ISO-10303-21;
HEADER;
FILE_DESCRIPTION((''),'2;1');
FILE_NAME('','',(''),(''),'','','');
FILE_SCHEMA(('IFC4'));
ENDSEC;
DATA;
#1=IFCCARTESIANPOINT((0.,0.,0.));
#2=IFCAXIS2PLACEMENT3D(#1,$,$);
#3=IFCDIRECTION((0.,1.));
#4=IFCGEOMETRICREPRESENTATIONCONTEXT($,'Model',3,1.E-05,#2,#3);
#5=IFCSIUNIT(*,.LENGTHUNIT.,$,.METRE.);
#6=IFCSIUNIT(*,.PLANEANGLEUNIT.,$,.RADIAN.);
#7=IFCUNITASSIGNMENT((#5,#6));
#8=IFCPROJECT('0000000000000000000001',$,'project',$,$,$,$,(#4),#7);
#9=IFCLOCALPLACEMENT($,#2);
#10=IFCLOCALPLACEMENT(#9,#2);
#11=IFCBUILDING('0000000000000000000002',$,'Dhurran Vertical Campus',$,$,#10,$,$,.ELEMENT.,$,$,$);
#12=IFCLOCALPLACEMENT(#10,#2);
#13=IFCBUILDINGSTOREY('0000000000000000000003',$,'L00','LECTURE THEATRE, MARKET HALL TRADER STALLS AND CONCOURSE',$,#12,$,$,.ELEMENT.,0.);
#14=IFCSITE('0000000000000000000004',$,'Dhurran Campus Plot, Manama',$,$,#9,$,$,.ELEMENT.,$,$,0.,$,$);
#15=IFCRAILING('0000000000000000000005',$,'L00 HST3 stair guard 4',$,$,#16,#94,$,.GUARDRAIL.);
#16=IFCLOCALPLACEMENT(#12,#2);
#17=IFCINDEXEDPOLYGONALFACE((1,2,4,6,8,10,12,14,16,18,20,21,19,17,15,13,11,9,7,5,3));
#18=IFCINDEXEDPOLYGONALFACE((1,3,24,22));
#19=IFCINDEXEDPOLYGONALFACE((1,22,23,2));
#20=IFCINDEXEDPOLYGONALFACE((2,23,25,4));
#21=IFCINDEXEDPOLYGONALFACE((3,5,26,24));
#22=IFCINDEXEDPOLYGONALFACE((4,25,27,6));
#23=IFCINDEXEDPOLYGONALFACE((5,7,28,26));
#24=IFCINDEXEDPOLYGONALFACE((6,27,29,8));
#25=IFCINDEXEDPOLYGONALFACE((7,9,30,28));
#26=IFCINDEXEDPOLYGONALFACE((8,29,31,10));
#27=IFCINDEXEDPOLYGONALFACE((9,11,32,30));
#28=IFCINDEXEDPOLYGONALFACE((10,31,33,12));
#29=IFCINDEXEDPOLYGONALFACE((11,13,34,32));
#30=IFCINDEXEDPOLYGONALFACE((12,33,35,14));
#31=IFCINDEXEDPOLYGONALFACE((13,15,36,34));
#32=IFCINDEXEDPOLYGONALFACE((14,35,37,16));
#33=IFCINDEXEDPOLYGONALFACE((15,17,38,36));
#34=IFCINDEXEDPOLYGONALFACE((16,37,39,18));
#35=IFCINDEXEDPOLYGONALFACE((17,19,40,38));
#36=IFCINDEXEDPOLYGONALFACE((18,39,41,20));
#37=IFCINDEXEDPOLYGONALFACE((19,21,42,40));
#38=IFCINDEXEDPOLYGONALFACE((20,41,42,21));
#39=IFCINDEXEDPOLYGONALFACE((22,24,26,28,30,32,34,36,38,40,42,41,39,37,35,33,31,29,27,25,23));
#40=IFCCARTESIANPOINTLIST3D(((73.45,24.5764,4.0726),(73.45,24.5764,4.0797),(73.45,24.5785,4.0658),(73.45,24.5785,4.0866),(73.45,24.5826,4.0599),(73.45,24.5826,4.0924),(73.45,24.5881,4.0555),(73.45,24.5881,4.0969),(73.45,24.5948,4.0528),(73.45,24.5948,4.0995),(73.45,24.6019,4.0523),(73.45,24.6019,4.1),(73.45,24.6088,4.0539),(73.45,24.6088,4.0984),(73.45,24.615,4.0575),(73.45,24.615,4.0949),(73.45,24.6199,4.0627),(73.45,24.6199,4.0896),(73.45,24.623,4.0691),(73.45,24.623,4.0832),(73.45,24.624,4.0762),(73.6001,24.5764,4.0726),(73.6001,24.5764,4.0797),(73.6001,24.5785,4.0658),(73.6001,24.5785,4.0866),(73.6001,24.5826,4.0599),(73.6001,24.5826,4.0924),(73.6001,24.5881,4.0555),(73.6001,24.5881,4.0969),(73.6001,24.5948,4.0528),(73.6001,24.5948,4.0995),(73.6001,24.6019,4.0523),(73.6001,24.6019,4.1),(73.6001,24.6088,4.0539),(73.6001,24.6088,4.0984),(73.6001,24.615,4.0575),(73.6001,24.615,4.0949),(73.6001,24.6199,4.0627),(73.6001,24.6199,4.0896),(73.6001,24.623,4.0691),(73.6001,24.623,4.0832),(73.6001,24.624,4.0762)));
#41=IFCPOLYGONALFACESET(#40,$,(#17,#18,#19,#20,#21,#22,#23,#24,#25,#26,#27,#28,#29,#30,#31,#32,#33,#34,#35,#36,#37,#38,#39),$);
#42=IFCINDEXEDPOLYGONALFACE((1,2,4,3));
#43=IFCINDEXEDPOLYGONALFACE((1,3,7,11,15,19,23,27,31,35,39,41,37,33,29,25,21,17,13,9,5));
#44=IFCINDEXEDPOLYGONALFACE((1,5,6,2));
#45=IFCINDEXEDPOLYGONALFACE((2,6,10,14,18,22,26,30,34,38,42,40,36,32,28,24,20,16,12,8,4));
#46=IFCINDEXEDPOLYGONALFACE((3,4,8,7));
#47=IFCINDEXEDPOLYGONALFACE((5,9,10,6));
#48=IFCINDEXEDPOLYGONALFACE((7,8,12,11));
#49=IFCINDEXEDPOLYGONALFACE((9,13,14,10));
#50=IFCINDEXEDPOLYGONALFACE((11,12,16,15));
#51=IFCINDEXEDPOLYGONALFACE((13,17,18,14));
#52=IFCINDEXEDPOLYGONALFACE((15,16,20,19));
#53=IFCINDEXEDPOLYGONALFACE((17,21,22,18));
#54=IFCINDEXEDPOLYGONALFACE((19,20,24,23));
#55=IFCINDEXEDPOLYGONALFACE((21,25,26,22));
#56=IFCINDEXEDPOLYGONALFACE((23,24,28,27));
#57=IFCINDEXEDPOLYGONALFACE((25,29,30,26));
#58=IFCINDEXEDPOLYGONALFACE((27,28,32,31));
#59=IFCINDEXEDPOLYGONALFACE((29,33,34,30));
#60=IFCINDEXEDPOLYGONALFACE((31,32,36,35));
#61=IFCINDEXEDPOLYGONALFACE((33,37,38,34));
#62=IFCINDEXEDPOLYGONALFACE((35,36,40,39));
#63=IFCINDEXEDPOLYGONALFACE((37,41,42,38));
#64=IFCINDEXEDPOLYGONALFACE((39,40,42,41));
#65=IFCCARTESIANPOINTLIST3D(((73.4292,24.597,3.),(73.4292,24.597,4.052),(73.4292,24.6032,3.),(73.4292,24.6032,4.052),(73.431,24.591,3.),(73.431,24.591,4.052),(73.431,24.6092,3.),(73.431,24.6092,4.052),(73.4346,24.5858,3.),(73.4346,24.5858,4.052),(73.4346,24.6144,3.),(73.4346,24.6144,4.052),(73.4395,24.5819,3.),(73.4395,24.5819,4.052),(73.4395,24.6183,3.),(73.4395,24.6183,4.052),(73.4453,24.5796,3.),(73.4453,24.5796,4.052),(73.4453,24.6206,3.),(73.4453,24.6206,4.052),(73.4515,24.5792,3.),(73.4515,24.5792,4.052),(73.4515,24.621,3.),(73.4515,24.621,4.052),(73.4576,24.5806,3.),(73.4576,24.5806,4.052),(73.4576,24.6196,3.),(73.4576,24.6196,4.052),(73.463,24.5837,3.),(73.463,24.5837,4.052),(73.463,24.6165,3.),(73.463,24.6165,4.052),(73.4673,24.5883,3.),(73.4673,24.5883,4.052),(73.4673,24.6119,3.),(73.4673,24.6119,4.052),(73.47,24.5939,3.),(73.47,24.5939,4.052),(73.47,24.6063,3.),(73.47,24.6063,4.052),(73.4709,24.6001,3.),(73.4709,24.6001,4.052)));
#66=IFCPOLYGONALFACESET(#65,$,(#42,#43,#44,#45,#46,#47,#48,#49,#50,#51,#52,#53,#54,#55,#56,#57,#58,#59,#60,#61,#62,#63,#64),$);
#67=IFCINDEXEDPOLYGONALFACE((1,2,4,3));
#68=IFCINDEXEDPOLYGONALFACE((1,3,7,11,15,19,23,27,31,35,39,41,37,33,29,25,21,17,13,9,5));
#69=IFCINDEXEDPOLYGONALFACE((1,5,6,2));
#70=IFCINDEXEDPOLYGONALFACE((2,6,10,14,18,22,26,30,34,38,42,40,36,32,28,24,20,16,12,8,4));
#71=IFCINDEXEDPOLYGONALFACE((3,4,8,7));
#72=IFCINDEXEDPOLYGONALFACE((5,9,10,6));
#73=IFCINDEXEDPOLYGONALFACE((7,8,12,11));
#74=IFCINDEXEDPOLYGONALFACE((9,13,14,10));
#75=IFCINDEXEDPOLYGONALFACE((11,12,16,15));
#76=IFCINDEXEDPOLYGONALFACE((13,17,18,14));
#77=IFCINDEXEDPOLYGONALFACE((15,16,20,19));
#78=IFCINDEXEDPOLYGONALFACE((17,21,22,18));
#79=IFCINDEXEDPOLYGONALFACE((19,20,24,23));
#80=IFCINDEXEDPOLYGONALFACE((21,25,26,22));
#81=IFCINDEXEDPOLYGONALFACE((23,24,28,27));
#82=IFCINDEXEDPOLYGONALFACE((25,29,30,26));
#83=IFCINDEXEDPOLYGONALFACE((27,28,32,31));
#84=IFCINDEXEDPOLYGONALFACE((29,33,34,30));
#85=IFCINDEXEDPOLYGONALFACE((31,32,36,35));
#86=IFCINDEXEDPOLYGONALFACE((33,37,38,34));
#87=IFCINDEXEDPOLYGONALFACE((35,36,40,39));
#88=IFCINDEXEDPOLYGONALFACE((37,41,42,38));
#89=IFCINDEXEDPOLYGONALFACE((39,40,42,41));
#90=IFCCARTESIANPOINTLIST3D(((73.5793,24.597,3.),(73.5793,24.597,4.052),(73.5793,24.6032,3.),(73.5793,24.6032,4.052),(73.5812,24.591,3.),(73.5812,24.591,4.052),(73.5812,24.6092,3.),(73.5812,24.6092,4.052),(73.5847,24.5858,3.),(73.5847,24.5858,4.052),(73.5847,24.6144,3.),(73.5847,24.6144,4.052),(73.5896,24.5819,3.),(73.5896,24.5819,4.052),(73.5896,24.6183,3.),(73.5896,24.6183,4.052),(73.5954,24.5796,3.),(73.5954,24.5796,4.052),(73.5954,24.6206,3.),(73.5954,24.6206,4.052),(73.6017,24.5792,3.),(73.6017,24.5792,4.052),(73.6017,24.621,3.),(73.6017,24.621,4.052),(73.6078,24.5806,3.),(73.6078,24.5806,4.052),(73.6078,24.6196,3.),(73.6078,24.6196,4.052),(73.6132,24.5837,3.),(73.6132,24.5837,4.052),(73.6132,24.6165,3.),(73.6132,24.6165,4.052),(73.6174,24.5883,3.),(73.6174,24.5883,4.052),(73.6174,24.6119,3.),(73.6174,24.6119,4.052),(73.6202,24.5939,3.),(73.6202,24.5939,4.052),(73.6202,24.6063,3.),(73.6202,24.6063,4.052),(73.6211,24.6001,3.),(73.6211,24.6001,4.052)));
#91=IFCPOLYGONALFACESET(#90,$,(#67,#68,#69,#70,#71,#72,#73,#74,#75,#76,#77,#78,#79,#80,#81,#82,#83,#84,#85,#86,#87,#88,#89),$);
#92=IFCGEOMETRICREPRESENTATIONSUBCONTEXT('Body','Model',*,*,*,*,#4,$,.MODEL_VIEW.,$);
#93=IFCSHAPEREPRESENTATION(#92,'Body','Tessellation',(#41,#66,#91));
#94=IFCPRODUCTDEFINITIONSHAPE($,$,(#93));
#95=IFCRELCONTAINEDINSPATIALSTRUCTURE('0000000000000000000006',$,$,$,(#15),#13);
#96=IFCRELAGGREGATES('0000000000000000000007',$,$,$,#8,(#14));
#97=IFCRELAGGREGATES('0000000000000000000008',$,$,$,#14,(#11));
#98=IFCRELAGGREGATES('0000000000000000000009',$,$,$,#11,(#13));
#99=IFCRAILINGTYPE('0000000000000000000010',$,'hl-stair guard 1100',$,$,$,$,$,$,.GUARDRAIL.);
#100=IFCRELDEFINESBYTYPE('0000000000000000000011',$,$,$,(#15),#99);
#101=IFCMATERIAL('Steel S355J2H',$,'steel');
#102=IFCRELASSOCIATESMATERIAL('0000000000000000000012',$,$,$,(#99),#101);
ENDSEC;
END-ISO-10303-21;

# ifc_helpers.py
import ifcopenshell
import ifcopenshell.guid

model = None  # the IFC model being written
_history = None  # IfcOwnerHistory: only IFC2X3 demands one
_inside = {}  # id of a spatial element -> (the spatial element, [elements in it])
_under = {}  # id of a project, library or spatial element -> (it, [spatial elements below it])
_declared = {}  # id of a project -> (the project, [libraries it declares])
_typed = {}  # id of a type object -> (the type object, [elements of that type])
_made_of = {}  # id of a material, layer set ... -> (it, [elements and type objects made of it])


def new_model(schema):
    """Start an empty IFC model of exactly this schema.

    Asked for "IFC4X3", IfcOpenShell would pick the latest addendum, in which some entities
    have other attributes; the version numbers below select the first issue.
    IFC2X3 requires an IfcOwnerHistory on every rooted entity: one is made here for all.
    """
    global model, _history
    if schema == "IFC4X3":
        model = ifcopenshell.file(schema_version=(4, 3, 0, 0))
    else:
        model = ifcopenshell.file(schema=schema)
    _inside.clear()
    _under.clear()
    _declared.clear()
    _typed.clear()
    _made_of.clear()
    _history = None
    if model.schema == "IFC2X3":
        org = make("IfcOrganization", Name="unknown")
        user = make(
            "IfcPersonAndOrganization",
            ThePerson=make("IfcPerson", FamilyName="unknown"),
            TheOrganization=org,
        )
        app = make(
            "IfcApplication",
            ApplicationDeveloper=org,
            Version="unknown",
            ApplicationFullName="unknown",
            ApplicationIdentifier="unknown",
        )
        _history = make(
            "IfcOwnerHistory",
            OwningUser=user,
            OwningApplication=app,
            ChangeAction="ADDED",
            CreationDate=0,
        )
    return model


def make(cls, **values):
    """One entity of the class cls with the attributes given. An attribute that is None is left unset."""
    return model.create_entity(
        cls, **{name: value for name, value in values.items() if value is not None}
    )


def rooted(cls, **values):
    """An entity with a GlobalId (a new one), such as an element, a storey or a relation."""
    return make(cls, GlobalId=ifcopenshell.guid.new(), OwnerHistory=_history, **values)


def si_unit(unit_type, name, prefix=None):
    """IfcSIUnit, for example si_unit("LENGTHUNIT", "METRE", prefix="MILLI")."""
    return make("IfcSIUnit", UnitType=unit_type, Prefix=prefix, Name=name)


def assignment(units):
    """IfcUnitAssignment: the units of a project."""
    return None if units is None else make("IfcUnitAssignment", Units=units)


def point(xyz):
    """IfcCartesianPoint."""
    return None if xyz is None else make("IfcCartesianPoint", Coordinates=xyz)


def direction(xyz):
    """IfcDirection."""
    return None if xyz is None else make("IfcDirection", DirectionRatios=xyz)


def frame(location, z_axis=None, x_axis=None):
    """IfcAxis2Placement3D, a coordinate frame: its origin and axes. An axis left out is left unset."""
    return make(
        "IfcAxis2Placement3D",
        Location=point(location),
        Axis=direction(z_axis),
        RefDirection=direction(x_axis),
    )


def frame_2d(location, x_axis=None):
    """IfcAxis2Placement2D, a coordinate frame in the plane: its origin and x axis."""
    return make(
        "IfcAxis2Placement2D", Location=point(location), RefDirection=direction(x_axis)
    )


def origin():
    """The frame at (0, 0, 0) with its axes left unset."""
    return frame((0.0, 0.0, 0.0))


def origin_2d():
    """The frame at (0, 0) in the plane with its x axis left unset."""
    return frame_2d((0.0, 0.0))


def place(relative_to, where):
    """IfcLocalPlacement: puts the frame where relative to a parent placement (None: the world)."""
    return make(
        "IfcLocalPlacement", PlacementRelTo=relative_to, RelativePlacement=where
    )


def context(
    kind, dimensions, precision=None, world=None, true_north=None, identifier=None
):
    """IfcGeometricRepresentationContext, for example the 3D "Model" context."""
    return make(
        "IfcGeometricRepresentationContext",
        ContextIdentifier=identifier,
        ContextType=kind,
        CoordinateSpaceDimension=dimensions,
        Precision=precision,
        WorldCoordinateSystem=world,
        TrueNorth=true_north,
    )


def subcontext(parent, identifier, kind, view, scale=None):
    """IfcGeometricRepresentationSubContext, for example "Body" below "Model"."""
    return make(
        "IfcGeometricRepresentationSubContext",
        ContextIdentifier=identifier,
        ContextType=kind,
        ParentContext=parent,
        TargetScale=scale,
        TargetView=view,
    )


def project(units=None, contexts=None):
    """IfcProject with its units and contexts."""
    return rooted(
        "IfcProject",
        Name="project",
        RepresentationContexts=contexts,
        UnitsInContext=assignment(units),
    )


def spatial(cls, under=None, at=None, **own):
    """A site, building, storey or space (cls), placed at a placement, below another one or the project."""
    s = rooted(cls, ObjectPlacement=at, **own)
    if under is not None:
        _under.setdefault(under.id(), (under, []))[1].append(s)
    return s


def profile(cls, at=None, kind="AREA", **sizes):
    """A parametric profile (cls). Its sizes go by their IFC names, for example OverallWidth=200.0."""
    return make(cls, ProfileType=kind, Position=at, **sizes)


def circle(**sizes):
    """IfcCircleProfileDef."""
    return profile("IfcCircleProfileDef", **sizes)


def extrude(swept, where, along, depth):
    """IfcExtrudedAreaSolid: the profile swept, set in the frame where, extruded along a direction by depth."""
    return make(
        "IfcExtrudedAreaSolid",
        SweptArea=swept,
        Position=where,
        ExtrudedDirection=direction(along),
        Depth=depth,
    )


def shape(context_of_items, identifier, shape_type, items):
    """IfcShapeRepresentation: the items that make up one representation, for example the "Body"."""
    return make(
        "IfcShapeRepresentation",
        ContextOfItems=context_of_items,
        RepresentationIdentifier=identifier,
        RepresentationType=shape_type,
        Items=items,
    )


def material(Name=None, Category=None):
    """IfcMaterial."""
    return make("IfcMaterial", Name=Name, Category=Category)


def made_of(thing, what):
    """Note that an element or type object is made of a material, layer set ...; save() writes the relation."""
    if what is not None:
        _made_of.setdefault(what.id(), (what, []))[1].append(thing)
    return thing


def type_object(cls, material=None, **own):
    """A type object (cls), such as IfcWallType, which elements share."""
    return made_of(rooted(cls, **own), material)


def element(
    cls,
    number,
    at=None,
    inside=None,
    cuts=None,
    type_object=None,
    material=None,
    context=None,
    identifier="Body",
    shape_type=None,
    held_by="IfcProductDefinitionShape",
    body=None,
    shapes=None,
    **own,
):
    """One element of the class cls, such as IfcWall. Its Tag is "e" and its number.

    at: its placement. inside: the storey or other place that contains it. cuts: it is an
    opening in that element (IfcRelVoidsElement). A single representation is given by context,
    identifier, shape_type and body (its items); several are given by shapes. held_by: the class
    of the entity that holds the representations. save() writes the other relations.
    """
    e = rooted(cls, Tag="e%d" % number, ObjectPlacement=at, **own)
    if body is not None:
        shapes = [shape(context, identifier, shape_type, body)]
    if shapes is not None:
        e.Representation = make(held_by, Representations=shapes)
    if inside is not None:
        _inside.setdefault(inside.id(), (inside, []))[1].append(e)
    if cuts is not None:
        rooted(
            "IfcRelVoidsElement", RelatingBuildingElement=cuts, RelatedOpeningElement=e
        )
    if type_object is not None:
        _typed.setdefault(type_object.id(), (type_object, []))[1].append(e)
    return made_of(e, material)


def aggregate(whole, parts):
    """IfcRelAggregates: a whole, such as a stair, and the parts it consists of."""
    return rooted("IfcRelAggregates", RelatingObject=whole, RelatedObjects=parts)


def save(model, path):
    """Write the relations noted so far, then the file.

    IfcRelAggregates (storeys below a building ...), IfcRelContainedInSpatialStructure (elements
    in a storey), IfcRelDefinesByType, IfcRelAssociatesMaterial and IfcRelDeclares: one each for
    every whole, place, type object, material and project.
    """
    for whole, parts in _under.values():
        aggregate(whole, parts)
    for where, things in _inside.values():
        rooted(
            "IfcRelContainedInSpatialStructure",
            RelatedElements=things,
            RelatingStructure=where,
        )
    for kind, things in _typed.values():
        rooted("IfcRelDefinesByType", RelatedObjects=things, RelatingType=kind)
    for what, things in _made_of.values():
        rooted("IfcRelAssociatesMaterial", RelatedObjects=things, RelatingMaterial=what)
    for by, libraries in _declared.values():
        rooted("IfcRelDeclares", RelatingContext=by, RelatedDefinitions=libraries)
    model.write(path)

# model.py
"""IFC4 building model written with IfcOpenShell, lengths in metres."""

from ifc_helpers import new_model, si_unit, direction, frame, origin, origin_2d, place, context, subcontext, project, spatial, circle, extrude, material, type_object, element, save


model = new_model("IFC4")

# Units and contexts
model_context = context("Model", 3, precision=1e-05, world=origin(), true_north=direction((0.0, 1.0)))
body_context = subcontext(model_context, "Body", "Model", "MODEL_VIEW")
ifc_project = project(units=[si_unit("LENGTHUNIT", "METRE"), si_unit("PLANEANGLEUNIT", "RADIAN")], contexts=[model_context])

# Site, building, storey
site_placement = place(None, origin())
site = spatial("IfcSite", under=ifc_project, at=site_placement, Name="Dhurran Campus Plot, Manama", CompositionType="ELEMENT", RefElevation=0.0)
building_placement = place(site_placement, origin())
building = spatial("IfcBuilding", under=site, at=building_placement, Name="Dhurran Vertical Campus", CompositionType="ELEMENT")
storey_placement = place(building_placement, origin())
storey = spatial("IfcBuildingStorey", under=building, at=storey_placement, Name="L00", Description="LECTURE THEATRE, MARKET HALL TRADER STALLS AND CONCOURSE", CompositionType="ELEMENT", Elevation=0.0)

# Railing
ifc_material_1 = material(Name="Steel S355J2H", Category="steel")
railing_type_1 = type_object("IfcRailingType", Name="hl-stair guard 1100", PredefinedType="GUARDRAIL", material=ifc_material_1)
railing_1_placement = place(storey_placement, frame((73.45, 24.6001, 3.0)))
element("IfcRailing", 1, at=railing_1_placement, inside=storey, type_object=railing_type_1, Name="L00 HST3 stair guard 4", PredefinedType="GUARDRAIL", context=body_context, shape_type="SweptSolid", body=[
    extrude(circle(Radius=0.0239, at=origin_2d()), frame((0.0, 0.0, 1.0762), z_axis=(1.0, 0.0, 0.0), x_axis=(0.0, 1.0, 0.0)), (0.0, 0.0, 1.0), 0.1501),
    extrude(circle(Radius=0.021, at=origin_2d()), origin(), (0.0, 0.0, 1.0), 1.052),
    extrude(circle(Radius=0.021, at=origin_2d()), frame((0.1501, 0.0, 0.0)), (0.0, 0.0, 1.0), 1.052),
])

save(model, "model.ifc")
